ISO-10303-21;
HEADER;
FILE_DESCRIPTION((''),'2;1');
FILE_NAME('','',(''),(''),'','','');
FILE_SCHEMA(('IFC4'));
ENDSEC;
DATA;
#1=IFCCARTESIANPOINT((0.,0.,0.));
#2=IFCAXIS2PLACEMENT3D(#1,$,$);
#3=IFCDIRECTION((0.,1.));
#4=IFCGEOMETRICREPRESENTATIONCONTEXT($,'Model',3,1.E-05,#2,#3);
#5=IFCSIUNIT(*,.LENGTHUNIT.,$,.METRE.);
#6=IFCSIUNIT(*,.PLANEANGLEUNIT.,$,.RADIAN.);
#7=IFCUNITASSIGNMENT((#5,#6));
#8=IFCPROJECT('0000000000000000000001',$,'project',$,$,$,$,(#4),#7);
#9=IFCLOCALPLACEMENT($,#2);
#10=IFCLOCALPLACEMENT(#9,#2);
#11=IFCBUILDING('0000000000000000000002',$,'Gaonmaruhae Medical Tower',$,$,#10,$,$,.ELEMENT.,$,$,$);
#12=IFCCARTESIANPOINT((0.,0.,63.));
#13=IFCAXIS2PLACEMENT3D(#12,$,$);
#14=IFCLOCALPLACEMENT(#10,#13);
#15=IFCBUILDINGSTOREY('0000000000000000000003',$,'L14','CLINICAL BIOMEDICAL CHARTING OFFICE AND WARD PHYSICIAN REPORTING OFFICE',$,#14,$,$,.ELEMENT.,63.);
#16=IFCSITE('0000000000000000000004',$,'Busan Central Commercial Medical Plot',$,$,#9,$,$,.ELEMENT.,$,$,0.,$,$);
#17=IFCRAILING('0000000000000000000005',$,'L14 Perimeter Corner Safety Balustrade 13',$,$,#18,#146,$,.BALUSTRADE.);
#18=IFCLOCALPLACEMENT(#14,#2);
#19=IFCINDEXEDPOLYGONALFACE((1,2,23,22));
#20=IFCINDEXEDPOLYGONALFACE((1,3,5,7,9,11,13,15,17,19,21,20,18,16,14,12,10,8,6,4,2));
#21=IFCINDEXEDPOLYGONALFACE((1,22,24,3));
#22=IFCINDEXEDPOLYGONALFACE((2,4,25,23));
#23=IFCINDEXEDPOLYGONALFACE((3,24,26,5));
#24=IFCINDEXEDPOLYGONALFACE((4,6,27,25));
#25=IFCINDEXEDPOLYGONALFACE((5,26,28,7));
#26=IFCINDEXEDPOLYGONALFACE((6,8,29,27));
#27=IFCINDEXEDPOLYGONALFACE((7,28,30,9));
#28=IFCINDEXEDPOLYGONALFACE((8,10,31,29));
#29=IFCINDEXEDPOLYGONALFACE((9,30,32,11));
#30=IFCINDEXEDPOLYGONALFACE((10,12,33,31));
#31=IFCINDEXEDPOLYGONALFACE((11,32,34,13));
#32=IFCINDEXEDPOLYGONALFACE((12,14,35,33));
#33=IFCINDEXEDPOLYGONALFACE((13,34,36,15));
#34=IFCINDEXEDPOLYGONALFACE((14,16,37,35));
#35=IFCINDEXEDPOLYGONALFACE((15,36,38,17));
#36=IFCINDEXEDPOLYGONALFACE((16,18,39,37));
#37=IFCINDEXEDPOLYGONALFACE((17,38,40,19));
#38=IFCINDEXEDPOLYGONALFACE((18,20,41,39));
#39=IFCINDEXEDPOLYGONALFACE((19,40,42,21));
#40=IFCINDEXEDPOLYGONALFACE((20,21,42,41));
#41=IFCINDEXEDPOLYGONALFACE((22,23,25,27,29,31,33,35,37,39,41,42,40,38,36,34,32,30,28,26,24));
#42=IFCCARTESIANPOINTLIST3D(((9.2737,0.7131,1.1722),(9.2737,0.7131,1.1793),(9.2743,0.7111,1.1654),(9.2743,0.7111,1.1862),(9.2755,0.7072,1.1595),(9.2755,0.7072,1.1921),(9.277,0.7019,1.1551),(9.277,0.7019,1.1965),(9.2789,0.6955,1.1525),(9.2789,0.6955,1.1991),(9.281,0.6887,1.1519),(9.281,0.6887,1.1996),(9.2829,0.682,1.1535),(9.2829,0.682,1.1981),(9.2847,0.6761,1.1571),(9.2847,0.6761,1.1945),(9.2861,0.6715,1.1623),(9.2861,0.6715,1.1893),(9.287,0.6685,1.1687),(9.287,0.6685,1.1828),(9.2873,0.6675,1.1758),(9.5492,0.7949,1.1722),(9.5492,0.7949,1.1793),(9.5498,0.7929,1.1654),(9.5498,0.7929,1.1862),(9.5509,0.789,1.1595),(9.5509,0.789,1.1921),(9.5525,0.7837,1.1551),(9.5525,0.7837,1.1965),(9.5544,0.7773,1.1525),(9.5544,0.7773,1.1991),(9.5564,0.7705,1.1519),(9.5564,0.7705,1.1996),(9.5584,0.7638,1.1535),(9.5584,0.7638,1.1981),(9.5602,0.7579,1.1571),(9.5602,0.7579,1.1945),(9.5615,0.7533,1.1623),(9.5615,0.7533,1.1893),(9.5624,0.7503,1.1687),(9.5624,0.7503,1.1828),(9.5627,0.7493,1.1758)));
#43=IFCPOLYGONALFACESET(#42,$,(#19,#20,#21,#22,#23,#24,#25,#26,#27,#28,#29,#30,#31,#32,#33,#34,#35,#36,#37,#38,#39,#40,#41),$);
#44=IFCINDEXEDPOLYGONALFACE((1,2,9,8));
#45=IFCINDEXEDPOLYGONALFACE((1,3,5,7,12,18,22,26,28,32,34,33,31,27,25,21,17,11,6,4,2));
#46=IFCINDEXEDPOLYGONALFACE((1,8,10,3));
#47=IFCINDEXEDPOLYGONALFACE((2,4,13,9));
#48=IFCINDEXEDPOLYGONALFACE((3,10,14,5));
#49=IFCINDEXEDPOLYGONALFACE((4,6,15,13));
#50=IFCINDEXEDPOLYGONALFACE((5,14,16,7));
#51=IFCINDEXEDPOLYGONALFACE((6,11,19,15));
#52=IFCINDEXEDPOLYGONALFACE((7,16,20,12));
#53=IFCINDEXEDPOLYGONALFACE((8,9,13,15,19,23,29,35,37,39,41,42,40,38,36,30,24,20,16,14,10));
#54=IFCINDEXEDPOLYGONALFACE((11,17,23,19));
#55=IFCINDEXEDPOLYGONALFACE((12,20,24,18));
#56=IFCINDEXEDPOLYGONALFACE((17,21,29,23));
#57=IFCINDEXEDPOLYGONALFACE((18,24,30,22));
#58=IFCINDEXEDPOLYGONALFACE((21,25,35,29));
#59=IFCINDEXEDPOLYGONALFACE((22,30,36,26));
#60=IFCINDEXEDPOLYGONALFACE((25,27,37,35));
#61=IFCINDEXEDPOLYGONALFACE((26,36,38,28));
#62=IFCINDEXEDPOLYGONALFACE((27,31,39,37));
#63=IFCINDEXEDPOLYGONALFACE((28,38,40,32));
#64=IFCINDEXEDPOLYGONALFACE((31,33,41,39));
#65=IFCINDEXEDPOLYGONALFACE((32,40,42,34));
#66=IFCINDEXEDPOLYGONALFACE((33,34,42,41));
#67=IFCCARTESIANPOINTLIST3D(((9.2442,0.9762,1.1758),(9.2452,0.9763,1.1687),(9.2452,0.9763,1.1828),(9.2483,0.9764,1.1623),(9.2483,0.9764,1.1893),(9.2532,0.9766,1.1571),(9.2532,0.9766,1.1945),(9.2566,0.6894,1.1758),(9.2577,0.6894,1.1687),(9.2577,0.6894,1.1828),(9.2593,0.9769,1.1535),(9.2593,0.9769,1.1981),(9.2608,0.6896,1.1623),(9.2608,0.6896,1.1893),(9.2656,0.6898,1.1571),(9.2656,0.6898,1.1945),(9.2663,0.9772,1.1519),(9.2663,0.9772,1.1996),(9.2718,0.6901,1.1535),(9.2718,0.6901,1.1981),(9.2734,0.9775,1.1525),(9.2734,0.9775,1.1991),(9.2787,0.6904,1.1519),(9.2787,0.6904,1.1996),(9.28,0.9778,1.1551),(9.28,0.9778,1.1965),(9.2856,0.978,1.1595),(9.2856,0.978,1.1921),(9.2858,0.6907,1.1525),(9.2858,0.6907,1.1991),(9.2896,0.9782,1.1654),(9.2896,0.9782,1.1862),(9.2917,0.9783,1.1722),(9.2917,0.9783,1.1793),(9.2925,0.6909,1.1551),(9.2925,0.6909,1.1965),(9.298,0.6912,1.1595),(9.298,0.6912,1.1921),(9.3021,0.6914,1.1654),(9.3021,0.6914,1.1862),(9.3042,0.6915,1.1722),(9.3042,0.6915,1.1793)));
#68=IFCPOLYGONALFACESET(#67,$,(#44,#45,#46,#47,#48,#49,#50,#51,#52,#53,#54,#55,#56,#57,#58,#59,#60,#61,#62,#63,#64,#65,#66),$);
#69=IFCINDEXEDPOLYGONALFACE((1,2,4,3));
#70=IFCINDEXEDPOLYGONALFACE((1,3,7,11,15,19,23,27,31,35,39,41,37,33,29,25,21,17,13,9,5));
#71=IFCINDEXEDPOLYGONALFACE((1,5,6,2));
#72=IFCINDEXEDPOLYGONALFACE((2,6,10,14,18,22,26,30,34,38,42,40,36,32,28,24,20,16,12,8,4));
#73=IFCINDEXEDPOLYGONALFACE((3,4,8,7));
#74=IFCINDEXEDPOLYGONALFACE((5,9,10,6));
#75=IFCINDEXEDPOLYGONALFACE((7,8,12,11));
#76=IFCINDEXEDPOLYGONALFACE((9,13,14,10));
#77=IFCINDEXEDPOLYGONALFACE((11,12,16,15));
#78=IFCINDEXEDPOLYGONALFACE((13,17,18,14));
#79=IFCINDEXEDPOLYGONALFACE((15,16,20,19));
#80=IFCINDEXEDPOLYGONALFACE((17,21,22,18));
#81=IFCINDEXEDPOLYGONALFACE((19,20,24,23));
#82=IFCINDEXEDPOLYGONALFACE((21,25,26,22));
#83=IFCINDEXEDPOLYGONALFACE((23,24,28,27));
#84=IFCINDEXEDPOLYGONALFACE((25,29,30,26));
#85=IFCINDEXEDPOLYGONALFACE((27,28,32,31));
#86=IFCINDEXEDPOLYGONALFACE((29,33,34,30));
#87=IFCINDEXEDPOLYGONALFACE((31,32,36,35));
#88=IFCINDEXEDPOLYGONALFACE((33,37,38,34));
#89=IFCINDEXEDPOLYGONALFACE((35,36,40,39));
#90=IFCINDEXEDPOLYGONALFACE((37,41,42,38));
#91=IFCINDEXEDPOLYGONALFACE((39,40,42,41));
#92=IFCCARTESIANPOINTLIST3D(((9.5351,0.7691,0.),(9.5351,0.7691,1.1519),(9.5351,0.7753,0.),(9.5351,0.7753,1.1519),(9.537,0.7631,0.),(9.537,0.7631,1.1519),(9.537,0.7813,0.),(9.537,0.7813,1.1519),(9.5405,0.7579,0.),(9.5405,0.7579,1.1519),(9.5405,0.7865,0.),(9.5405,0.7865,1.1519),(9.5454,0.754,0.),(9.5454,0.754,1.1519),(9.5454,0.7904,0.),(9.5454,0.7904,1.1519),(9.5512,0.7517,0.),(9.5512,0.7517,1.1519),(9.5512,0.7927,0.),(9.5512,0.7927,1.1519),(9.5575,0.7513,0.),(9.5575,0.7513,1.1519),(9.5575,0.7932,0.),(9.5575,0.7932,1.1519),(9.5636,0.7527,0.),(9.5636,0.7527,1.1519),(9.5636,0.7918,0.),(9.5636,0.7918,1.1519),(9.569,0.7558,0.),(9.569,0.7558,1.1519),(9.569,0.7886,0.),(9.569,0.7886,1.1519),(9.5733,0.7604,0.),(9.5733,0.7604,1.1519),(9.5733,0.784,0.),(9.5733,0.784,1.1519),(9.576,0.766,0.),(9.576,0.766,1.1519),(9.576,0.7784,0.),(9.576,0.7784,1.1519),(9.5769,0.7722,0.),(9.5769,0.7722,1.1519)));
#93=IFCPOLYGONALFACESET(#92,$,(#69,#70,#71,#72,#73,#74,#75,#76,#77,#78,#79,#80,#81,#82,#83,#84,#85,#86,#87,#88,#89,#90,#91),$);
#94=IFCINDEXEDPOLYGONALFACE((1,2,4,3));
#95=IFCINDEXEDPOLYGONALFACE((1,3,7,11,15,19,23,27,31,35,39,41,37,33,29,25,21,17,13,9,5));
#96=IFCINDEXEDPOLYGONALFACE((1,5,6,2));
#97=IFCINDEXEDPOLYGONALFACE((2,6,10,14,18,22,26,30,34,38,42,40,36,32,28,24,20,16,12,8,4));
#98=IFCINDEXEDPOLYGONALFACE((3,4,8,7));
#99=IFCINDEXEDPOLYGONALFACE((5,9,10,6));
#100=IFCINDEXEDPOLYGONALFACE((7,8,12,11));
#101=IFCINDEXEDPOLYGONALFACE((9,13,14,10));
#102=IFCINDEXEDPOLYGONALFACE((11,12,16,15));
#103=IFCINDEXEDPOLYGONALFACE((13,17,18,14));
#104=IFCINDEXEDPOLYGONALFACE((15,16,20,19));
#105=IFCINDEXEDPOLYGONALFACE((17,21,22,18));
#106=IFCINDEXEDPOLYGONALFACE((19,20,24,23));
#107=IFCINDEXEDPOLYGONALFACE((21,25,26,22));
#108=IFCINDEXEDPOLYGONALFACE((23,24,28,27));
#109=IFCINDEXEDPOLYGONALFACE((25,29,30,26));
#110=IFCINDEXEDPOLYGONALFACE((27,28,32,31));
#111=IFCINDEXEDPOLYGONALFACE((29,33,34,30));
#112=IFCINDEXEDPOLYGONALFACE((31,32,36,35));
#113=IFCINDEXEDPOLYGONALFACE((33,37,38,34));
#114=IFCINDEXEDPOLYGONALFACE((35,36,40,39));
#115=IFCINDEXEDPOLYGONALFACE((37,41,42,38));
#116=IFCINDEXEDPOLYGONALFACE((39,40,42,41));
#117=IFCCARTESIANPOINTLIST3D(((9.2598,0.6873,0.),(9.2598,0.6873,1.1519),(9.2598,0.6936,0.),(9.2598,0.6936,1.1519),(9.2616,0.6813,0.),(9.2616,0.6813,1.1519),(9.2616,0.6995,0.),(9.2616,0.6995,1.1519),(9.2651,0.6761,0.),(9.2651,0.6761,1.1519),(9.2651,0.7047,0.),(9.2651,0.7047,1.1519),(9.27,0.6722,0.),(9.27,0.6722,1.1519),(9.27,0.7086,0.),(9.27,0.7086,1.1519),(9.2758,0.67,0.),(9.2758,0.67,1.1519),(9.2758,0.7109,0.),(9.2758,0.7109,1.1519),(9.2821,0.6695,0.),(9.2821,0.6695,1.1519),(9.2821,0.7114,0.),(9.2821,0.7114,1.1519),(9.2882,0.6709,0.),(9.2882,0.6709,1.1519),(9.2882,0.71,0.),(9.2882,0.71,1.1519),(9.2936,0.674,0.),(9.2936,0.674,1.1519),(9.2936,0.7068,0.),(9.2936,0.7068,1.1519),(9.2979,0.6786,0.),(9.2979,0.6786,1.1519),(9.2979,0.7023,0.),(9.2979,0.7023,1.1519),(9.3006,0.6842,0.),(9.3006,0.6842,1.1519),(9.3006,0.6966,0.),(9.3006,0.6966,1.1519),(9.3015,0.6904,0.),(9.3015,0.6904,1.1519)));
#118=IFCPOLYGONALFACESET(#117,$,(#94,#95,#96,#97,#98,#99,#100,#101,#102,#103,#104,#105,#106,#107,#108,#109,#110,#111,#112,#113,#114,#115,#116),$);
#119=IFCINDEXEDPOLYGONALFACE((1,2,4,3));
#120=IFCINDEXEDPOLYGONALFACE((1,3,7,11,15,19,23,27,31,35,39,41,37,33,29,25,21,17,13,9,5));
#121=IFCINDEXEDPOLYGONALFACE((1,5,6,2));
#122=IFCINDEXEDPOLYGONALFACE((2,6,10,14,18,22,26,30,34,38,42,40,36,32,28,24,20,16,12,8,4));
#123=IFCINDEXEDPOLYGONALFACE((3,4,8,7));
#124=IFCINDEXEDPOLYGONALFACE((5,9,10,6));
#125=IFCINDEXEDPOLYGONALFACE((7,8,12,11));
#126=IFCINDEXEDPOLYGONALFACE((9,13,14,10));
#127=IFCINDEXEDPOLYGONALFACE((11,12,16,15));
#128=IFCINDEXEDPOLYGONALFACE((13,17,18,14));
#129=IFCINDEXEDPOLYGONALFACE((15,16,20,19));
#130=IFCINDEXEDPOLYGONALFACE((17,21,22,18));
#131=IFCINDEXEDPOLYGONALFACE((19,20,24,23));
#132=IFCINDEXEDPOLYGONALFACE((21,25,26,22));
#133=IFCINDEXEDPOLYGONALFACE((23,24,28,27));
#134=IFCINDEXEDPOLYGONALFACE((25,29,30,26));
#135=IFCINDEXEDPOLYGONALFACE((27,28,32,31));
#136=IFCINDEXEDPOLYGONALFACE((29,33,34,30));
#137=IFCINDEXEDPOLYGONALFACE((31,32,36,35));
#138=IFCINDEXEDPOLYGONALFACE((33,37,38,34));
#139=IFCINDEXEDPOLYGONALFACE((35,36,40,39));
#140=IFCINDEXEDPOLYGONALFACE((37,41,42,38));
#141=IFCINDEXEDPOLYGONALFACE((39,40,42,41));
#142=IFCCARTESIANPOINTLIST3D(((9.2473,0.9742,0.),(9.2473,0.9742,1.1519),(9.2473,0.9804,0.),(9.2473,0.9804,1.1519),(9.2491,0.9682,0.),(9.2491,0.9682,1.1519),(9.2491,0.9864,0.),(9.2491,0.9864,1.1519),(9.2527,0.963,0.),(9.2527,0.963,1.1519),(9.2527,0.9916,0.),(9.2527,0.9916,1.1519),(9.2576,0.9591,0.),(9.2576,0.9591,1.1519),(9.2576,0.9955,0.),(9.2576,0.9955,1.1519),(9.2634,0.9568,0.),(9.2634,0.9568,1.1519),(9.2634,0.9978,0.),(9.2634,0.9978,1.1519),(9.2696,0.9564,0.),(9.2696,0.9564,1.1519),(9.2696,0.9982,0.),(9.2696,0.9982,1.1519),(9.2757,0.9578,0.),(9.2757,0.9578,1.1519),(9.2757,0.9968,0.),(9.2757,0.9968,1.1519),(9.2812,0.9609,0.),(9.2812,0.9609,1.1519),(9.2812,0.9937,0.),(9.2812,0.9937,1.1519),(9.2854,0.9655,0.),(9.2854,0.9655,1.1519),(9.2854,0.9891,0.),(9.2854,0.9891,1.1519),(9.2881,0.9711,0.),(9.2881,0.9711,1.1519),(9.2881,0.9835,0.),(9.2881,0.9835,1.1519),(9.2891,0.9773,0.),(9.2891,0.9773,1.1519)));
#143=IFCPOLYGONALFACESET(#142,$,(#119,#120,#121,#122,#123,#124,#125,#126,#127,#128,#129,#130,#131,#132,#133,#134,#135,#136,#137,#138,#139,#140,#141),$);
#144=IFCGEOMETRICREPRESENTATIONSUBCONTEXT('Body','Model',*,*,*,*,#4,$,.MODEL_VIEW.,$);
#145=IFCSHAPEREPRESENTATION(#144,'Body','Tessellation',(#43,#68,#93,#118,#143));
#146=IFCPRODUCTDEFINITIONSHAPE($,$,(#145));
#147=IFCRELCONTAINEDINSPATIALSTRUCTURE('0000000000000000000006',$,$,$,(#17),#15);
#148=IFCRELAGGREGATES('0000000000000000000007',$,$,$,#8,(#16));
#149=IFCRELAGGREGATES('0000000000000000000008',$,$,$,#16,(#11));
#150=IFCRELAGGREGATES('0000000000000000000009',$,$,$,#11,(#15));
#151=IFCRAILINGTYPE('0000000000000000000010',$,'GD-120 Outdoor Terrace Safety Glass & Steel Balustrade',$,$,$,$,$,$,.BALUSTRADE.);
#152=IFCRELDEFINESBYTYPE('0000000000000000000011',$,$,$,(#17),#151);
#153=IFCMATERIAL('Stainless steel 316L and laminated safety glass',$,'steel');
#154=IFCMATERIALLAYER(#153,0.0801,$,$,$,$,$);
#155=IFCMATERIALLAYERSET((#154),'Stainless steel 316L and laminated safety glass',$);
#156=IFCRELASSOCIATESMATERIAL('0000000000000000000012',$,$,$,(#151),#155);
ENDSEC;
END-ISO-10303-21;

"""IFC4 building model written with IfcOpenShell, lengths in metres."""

from ifc_helpers import new_model, si_unit, direction, frame, origin, origin_2d, place, context, subcontext, project, spatial, circle, extrude, material, layer, layer_set, type_object, element, save


model = new_model("IFC4")

# Units and contexts
model_context = context("Model", 3, precision=1e-05, world=origin(), true_north=direction((0.0, 1.0)))
body_context = subcontext(model_context, "Body", "Model", "MODEL_VIEW")
ifc_project = project(units=[si_unit("LENGTHUNIT", "METRE"), si_unit("PLANEANGLEUNIT", "RADIAN")], contexts=[model_context])

# Site, building, storey
site_placement = place(None, origin())
site = spatial("IfcSite", under=ifc_project, at=site_placement, Name="Busan Central Commercial Medical Plot", CompositionType="ELEMENT", RefElevation=0.0)
building_placement = place(site_placement, origin())
building = spatial("IfcBuilding", under=site, at=building_placement, Name="Gaonmaruhae Medical Tower", CompositionType="ELEMENT")
storey_placement = place(building_placement, frame((0.0, 0.0, 63.0)))
storey = spatial("IfcBuildingStorey", under=building, at=storey_placement, Name="L14", Description="CLINICAL BIOMEDICAL CHARTING OFFICE AND WARD PHYSICIAN REPORTING OFFICE", CompositionType="ELEMENT", Elevation=63.0)

# Railing
ifc_material_1 = material(Name="Stainless steel 316L and laminated safety glass", Category="steel")
ifc_layer_1 = layer(ifc_material_1, 0.0801)
ifc_layer_set_1 = layer_set([ifc_layer_1], Name="Stainless steel 316L and laminated safety glass")
railing_type = type_object("IfcRailingType", Name="GD-120 Outdoor Terrace Safety Glass & Steel Balustrade", PredefinedType="BALUSTRADE", material=ifc_layer_set_1)
railing_1_placement = place(storey_placement, frame((9.5559, 0.7722, 0.0)))
element("IfcRailing", 1, at=railing_1_placement, inside=storey, type_object=railing_type, Name="L14 Perimeter Corner Safety Balustrade 13", PredefinedType="BALUSTRADE", context=body_context, shape_type="SweptSolid", body=[
    extrude(circle(Radius=0.0239, at=origin_2d()), frame((0.0, 0.0, 1.1758), z_axis=(-0.958618, -0.284696, 0.0), x_axis=(0.284696, -0.958618, 0.0)), (0.0, 0.0, 1.0), 0.2874),
    extrude(circle(Radius=0.0239, at=origin_2d()), frame((-0.2754, -0.0818, 1.1758), z_axis=(-0.043363, 0.999059, 0.0), x_axis=(-0.999059, -0.043363, 0.0)), (0.0, 0.0, 1.0), 0.2871),
    extrude(circle(Radius=0.021, at=origin_2d()), origin(), (0.0, 0.0, 1.0), 1.1519),
    extrude(circle(Radius=0.021, at=origin_2d()), frame((-0.2754, -0.0818, 0.0)), (0.0, 0.0, 1.0), 1.1519),
    extrude(circle(Radius=0.021, at=origin_2d()), frame((-0.2878, 0.2051, 0.0)), (0.0, 0.0, 1.0), 1.1519),
])

save(model, "model.ifc")
